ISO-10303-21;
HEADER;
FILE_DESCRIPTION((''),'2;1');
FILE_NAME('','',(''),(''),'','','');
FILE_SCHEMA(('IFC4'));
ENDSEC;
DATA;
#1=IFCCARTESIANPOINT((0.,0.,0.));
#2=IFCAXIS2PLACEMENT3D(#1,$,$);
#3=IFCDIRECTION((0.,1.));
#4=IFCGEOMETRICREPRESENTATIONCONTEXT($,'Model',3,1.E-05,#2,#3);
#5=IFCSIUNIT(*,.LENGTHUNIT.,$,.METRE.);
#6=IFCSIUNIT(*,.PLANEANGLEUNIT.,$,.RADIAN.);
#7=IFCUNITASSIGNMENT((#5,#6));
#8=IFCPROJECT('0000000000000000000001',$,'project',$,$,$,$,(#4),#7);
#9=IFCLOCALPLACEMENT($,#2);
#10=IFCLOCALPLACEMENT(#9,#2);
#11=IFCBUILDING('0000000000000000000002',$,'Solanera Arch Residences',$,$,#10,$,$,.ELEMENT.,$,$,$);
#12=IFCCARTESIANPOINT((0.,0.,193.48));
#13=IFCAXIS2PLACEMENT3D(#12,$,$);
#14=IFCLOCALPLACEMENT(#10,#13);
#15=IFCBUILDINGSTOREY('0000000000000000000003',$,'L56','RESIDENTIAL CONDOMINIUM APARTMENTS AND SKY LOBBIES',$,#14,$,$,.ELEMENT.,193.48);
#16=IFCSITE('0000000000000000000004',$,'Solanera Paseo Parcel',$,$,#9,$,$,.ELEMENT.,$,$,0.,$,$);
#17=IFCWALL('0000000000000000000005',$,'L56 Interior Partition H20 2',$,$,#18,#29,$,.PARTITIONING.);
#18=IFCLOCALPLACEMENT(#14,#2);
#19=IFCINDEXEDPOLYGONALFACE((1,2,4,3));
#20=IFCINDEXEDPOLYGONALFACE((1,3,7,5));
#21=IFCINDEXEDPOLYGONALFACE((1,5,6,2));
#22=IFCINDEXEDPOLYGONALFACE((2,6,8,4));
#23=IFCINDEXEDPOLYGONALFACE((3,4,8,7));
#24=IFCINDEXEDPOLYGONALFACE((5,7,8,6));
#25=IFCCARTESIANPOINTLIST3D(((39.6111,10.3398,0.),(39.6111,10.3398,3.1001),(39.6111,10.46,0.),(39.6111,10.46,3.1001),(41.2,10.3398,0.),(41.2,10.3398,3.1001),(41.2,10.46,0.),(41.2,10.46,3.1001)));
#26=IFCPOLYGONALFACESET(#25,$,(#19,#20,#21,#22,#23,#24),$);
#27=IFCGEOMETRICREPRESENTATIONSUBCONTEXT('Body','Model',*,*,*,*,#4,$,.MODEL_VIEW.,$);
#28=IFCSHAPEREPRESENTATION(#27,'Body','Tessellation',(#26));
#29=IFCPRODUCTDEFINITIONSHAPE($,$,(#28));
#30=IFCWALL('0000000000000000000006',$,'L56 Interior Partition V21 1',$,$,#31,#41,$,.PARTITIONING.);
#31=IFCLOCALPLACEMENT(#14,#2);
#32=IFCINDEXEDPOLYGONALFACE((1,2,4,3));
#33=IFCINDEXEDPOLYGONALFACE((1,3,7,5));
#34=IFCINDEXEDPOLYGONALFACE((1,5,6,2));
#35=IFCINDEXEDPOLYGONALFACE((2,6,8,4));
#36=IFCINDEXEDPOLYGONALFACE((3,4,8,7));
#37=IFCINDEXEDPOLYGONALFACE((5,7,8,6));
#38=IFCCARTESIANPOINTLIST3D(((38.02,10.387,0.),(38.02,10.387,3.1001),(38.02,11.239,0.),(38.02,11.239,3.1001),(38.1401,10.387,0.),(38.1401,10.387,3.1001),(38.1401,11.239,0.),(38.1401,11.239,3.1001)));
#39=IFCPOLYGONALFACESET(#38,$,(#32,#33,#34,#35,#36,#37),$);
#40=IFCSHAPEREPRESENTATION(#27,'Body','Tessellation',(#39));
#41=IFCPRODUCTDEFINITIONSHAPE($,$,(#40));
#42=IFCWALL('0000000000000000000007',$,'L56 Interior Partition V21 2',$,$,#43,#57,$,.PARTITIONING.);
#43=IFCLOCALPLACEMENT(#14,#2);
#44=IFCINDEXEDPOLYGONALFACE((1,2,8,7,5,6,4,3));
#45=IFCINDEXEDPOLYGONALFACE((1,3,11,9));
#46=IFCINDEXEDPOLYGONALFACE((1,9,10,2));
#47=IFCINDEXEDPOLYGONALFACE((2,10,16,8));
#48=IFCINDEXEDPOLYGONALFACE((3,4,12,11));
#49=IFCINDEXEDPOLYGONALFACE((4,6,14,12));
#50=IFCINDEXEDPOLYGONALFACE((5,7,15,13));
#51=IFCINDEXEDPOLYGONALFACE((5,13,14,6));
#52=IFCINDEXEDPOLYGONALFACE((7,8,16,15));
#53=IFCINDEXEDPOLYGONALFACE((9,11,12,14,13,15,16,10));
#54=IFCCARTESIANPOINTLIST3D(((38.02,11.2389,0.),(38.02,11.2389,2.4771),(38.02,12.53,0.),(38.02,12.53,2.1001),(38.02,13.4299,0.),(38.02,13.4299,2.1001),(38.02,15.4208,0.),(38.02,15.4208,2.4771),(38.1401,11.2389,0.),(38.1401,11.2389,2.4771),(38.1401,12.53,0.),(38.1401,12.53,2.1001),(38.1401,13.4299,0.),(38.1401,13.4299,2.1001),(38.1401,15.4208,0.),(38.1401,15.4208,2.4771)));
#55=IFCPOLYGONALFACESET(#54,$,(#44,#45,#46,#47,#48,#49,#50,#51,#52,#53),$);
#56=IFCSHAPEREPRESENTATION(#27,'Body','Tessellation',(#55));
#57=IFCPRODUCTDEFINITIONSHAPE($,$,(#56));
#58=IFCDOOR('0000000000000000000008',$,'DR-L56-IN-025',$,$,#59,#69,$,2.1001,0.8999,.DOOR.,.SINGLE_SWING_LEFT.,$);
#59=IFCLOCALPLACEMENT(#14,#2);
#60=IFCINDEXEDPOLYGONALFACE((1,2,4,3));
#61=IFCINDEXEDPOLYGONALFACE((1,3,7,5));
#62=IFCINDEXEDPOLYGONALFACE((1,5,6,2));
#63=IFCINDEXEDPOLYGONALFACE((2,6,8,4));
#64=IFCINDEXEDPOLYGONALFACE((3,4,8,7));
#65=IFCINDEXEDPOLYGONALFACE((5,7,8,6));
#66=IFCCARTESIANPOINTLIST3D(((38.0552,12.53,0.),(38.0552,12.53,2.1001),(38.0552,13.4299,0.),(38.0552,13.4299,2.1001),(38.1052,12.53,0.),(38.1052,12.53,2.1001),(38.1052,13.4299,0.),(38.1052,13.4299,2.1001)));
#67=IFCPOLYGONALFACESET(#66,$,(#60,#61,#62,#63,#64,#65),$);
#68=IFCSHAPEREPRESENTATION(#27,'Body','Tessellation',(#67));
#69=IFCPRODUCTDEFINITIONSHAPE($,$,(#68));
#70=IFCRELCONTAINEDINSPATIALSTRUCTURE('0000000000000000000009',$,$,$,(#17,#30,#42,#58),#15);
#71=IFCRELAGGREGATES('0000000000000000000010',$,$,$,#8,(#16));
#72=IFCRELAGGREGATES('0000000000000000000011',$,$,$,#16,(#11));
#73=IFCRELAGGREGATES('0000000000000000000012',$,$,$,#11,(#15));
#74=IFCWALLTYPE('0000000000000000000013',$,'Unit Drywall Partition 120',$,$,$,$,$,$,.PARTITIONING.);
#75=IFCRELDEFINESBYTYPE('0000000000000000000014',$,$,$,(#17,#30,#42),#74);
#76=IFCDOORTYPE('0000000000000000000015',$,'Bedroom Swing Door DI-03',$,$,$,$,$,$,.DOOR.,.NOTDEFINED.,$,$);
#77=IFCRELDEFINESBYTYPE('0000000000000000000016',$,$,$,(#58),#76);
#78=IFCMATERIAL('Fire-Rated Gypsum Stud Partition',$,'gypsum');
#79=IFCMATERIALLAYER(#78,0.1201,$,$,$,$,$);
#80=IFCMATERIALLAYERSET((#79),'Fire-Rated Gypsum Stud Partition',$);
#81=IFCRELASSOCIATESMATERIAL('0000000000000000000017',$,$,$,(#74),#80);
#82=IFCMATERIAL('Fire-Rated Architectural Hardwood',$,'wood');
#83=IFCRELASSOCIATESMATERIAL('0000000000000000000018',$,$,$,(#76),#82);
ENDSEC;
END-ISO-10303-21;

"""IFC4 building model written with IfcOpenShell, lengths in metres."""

from ifc_helpers import new_model, si_unit, direction, frame, frame_2d, origin, place, context, subcontext, project, spatial, rectangle, extrude, material, layer, layer_set, type_object, element, fill, save


model = new_model("IFC4")

# Units and contexts
model_context = context("Model", 3, precision=1e-05, world=origin(), true_north=direction((0.0, 1.0)))
body_context = subcontext(model_context, "Body", "Model", "MODEL_VIEW")
ifc_project = project(units=[si_unit("LENGTHUNIT", "METRE"), si_unit("PLANEANGLEUNIT", "RADIAN")], contexts=[model_context])

# Site, building, storey
site_placement = place(None, origin())
site = spatial("IfcSite", under=ifc_project, at=site_placement, Name="Solanera Paseo Parcel", CompositionType="ELEMENT", RefElevation=0.0)
building_placement = place(site_placement, origin())
building = spatial("IfcBuilding", under=site, at=building_placement, Name="Solanera Arch Residences", CompositionType="ELEMENT")
storey_placement = place(building_placement, frame((0.0, 0.0, 193.48)))
storey = spatial("IfcBuildingStorey", under=building, at=storey_placement, Name="L56", Description="RESIDENTIAL CONDOMINIUM APARTMENTS AND SKY LOBBIES", CompositionType="ELEMENT", Elevation=193.48)

# Walls
ifc_material_1 = material(Name="Fire-Rated Gypsum Stud Partition", Category="gypsum")
ifc_layer_1 = layer(ifc_material_1, 0.1201)
ifc_layer_set_1 = layer_set([ifc_layer_1], Name="Fire-Rated Gypsum Stud Partition")
wall_type_1 = type_object("IfcWallType", Name="Unit Drywall Partition 120", PredefinedType="PARTITIONING", material=ifc_layer_set_1)
wall_1_placement = place(storey_placement, frame((39.6111, 10.3999, 0.0), z_axis=(0.0, 0.0, 1.0), x_axis=(1.0, 0.0, 0.0)))
element("IfcWall", 1, at=wall_1_placement, inside=storey, type_object=wall_type_1, Name="L56 Interior Partition H20 2", PredefinedType="PARTITIONING", context=body_context, shape_type="SweptSolid", body=[
    extrude(rectangle(XDim=1.5889, YDim=0.1201, at=frame_2d((0.7944, 0.0))), origin(), (0.0, 0.0, 1.0), 3.1001),
])
wall_2_placement = place(storey_placement, frame((38.0801, 10.387, 0.0), z_axis=(0.0, 0.0, 1.0), x_axis=(0.0, 1.0, 0.0)))
element("IfcWall", 2, at=wall_2_placement, inside=storey, type_object=wall_type_1, Name="L56 Interior Partition V21 1", PredefinedType="PARTITIONING", context=body_context, shape_type="SweptSolid", body=[
    extrude(rectangle(XDim=0.8521, YDim=0.1201, at=frame_2d((0.426, 0.0))), origin(), (0.0, 0.0, 1.0), 3.1001),
])

# Wall, opening, door
wall_3_placement = place(storey_placement, frame((38.0801, 11.239, 0.0), z_axis=(0.0, 0.0, 1.0), x_axis=(0.0, 1.0, 0.0)))
wall_3 = element("IfcWall", 3, at=wall_3_placement, inside=storey, type_object=wall_type_1, Name="L56 Interior Partition V21 2", PredefinedType="PARTITIONING", context=body_context, shape_type="SweptSolid", body=[
    extrude(rectangle(XDim=4.1819, YDim=0.1201, at=frame_2d((2.0908, 0.0))), origin(), (0.0, 0.0, 1.0), 2.4771),
])
opening_1_placement = place(wall_3_placement, frame((1.291, 0.0, 0.0)))
opening_1 = element("IfcOpeningElement", 4, at=opening_1_placement, cuts=wall_3, PredefinedType="OPENING", context=body_context, shape_type="SweptSolid", body=[
    extrude(rectangle(XDim=0.8999, YDim=2.1001, at=frame_2d((0.45, 1.05))), frame((0.0, 0.0701, 0.0), z_axis=(0.0, -1.0, 0.0), x_axis=(1.0, 0.0, 0.0)), (0.0, 0.0, 1.0), 0.1401),
])
ifc_material_2 = material(Name="Fire-Rated Architectural Hardwood", Category="wood")
door_type_1 = type_object("IfcDoorType", Name="Bedroom Swing Door DI-03", OperationType="NOTDEFINED", PredefinedType="DOOR", material=ifc_material_2)
door_1_placement = place(opening_1_placement, origin())
door_1 = element("IfcDoor", 5, at=door_1_placement, inside=storey, type_object=door_type_1, Name="DR-L56-IN-025", OperationType="SINGLE_SWING_LEFT", OverallHeight=2.1001, OverallWidth=0.8999, PredefinedType="DOOR", context=body_context, shape_type="SweptSolid", body=[
    extrude(rectangle(XDim=0.8999, YDim=2.1001, at=frame_2d((0.45, 1.05))), frame((0.0, 0.0249, 0.0), z_axis=(0.0, -1.0, 0.0), x_axis=(1.0, 0.0, 0.0)), (0.0, 0.0, 1.0), 0.05),
])
fill(opening_1, door_1)

save(model, "model.ifc")
